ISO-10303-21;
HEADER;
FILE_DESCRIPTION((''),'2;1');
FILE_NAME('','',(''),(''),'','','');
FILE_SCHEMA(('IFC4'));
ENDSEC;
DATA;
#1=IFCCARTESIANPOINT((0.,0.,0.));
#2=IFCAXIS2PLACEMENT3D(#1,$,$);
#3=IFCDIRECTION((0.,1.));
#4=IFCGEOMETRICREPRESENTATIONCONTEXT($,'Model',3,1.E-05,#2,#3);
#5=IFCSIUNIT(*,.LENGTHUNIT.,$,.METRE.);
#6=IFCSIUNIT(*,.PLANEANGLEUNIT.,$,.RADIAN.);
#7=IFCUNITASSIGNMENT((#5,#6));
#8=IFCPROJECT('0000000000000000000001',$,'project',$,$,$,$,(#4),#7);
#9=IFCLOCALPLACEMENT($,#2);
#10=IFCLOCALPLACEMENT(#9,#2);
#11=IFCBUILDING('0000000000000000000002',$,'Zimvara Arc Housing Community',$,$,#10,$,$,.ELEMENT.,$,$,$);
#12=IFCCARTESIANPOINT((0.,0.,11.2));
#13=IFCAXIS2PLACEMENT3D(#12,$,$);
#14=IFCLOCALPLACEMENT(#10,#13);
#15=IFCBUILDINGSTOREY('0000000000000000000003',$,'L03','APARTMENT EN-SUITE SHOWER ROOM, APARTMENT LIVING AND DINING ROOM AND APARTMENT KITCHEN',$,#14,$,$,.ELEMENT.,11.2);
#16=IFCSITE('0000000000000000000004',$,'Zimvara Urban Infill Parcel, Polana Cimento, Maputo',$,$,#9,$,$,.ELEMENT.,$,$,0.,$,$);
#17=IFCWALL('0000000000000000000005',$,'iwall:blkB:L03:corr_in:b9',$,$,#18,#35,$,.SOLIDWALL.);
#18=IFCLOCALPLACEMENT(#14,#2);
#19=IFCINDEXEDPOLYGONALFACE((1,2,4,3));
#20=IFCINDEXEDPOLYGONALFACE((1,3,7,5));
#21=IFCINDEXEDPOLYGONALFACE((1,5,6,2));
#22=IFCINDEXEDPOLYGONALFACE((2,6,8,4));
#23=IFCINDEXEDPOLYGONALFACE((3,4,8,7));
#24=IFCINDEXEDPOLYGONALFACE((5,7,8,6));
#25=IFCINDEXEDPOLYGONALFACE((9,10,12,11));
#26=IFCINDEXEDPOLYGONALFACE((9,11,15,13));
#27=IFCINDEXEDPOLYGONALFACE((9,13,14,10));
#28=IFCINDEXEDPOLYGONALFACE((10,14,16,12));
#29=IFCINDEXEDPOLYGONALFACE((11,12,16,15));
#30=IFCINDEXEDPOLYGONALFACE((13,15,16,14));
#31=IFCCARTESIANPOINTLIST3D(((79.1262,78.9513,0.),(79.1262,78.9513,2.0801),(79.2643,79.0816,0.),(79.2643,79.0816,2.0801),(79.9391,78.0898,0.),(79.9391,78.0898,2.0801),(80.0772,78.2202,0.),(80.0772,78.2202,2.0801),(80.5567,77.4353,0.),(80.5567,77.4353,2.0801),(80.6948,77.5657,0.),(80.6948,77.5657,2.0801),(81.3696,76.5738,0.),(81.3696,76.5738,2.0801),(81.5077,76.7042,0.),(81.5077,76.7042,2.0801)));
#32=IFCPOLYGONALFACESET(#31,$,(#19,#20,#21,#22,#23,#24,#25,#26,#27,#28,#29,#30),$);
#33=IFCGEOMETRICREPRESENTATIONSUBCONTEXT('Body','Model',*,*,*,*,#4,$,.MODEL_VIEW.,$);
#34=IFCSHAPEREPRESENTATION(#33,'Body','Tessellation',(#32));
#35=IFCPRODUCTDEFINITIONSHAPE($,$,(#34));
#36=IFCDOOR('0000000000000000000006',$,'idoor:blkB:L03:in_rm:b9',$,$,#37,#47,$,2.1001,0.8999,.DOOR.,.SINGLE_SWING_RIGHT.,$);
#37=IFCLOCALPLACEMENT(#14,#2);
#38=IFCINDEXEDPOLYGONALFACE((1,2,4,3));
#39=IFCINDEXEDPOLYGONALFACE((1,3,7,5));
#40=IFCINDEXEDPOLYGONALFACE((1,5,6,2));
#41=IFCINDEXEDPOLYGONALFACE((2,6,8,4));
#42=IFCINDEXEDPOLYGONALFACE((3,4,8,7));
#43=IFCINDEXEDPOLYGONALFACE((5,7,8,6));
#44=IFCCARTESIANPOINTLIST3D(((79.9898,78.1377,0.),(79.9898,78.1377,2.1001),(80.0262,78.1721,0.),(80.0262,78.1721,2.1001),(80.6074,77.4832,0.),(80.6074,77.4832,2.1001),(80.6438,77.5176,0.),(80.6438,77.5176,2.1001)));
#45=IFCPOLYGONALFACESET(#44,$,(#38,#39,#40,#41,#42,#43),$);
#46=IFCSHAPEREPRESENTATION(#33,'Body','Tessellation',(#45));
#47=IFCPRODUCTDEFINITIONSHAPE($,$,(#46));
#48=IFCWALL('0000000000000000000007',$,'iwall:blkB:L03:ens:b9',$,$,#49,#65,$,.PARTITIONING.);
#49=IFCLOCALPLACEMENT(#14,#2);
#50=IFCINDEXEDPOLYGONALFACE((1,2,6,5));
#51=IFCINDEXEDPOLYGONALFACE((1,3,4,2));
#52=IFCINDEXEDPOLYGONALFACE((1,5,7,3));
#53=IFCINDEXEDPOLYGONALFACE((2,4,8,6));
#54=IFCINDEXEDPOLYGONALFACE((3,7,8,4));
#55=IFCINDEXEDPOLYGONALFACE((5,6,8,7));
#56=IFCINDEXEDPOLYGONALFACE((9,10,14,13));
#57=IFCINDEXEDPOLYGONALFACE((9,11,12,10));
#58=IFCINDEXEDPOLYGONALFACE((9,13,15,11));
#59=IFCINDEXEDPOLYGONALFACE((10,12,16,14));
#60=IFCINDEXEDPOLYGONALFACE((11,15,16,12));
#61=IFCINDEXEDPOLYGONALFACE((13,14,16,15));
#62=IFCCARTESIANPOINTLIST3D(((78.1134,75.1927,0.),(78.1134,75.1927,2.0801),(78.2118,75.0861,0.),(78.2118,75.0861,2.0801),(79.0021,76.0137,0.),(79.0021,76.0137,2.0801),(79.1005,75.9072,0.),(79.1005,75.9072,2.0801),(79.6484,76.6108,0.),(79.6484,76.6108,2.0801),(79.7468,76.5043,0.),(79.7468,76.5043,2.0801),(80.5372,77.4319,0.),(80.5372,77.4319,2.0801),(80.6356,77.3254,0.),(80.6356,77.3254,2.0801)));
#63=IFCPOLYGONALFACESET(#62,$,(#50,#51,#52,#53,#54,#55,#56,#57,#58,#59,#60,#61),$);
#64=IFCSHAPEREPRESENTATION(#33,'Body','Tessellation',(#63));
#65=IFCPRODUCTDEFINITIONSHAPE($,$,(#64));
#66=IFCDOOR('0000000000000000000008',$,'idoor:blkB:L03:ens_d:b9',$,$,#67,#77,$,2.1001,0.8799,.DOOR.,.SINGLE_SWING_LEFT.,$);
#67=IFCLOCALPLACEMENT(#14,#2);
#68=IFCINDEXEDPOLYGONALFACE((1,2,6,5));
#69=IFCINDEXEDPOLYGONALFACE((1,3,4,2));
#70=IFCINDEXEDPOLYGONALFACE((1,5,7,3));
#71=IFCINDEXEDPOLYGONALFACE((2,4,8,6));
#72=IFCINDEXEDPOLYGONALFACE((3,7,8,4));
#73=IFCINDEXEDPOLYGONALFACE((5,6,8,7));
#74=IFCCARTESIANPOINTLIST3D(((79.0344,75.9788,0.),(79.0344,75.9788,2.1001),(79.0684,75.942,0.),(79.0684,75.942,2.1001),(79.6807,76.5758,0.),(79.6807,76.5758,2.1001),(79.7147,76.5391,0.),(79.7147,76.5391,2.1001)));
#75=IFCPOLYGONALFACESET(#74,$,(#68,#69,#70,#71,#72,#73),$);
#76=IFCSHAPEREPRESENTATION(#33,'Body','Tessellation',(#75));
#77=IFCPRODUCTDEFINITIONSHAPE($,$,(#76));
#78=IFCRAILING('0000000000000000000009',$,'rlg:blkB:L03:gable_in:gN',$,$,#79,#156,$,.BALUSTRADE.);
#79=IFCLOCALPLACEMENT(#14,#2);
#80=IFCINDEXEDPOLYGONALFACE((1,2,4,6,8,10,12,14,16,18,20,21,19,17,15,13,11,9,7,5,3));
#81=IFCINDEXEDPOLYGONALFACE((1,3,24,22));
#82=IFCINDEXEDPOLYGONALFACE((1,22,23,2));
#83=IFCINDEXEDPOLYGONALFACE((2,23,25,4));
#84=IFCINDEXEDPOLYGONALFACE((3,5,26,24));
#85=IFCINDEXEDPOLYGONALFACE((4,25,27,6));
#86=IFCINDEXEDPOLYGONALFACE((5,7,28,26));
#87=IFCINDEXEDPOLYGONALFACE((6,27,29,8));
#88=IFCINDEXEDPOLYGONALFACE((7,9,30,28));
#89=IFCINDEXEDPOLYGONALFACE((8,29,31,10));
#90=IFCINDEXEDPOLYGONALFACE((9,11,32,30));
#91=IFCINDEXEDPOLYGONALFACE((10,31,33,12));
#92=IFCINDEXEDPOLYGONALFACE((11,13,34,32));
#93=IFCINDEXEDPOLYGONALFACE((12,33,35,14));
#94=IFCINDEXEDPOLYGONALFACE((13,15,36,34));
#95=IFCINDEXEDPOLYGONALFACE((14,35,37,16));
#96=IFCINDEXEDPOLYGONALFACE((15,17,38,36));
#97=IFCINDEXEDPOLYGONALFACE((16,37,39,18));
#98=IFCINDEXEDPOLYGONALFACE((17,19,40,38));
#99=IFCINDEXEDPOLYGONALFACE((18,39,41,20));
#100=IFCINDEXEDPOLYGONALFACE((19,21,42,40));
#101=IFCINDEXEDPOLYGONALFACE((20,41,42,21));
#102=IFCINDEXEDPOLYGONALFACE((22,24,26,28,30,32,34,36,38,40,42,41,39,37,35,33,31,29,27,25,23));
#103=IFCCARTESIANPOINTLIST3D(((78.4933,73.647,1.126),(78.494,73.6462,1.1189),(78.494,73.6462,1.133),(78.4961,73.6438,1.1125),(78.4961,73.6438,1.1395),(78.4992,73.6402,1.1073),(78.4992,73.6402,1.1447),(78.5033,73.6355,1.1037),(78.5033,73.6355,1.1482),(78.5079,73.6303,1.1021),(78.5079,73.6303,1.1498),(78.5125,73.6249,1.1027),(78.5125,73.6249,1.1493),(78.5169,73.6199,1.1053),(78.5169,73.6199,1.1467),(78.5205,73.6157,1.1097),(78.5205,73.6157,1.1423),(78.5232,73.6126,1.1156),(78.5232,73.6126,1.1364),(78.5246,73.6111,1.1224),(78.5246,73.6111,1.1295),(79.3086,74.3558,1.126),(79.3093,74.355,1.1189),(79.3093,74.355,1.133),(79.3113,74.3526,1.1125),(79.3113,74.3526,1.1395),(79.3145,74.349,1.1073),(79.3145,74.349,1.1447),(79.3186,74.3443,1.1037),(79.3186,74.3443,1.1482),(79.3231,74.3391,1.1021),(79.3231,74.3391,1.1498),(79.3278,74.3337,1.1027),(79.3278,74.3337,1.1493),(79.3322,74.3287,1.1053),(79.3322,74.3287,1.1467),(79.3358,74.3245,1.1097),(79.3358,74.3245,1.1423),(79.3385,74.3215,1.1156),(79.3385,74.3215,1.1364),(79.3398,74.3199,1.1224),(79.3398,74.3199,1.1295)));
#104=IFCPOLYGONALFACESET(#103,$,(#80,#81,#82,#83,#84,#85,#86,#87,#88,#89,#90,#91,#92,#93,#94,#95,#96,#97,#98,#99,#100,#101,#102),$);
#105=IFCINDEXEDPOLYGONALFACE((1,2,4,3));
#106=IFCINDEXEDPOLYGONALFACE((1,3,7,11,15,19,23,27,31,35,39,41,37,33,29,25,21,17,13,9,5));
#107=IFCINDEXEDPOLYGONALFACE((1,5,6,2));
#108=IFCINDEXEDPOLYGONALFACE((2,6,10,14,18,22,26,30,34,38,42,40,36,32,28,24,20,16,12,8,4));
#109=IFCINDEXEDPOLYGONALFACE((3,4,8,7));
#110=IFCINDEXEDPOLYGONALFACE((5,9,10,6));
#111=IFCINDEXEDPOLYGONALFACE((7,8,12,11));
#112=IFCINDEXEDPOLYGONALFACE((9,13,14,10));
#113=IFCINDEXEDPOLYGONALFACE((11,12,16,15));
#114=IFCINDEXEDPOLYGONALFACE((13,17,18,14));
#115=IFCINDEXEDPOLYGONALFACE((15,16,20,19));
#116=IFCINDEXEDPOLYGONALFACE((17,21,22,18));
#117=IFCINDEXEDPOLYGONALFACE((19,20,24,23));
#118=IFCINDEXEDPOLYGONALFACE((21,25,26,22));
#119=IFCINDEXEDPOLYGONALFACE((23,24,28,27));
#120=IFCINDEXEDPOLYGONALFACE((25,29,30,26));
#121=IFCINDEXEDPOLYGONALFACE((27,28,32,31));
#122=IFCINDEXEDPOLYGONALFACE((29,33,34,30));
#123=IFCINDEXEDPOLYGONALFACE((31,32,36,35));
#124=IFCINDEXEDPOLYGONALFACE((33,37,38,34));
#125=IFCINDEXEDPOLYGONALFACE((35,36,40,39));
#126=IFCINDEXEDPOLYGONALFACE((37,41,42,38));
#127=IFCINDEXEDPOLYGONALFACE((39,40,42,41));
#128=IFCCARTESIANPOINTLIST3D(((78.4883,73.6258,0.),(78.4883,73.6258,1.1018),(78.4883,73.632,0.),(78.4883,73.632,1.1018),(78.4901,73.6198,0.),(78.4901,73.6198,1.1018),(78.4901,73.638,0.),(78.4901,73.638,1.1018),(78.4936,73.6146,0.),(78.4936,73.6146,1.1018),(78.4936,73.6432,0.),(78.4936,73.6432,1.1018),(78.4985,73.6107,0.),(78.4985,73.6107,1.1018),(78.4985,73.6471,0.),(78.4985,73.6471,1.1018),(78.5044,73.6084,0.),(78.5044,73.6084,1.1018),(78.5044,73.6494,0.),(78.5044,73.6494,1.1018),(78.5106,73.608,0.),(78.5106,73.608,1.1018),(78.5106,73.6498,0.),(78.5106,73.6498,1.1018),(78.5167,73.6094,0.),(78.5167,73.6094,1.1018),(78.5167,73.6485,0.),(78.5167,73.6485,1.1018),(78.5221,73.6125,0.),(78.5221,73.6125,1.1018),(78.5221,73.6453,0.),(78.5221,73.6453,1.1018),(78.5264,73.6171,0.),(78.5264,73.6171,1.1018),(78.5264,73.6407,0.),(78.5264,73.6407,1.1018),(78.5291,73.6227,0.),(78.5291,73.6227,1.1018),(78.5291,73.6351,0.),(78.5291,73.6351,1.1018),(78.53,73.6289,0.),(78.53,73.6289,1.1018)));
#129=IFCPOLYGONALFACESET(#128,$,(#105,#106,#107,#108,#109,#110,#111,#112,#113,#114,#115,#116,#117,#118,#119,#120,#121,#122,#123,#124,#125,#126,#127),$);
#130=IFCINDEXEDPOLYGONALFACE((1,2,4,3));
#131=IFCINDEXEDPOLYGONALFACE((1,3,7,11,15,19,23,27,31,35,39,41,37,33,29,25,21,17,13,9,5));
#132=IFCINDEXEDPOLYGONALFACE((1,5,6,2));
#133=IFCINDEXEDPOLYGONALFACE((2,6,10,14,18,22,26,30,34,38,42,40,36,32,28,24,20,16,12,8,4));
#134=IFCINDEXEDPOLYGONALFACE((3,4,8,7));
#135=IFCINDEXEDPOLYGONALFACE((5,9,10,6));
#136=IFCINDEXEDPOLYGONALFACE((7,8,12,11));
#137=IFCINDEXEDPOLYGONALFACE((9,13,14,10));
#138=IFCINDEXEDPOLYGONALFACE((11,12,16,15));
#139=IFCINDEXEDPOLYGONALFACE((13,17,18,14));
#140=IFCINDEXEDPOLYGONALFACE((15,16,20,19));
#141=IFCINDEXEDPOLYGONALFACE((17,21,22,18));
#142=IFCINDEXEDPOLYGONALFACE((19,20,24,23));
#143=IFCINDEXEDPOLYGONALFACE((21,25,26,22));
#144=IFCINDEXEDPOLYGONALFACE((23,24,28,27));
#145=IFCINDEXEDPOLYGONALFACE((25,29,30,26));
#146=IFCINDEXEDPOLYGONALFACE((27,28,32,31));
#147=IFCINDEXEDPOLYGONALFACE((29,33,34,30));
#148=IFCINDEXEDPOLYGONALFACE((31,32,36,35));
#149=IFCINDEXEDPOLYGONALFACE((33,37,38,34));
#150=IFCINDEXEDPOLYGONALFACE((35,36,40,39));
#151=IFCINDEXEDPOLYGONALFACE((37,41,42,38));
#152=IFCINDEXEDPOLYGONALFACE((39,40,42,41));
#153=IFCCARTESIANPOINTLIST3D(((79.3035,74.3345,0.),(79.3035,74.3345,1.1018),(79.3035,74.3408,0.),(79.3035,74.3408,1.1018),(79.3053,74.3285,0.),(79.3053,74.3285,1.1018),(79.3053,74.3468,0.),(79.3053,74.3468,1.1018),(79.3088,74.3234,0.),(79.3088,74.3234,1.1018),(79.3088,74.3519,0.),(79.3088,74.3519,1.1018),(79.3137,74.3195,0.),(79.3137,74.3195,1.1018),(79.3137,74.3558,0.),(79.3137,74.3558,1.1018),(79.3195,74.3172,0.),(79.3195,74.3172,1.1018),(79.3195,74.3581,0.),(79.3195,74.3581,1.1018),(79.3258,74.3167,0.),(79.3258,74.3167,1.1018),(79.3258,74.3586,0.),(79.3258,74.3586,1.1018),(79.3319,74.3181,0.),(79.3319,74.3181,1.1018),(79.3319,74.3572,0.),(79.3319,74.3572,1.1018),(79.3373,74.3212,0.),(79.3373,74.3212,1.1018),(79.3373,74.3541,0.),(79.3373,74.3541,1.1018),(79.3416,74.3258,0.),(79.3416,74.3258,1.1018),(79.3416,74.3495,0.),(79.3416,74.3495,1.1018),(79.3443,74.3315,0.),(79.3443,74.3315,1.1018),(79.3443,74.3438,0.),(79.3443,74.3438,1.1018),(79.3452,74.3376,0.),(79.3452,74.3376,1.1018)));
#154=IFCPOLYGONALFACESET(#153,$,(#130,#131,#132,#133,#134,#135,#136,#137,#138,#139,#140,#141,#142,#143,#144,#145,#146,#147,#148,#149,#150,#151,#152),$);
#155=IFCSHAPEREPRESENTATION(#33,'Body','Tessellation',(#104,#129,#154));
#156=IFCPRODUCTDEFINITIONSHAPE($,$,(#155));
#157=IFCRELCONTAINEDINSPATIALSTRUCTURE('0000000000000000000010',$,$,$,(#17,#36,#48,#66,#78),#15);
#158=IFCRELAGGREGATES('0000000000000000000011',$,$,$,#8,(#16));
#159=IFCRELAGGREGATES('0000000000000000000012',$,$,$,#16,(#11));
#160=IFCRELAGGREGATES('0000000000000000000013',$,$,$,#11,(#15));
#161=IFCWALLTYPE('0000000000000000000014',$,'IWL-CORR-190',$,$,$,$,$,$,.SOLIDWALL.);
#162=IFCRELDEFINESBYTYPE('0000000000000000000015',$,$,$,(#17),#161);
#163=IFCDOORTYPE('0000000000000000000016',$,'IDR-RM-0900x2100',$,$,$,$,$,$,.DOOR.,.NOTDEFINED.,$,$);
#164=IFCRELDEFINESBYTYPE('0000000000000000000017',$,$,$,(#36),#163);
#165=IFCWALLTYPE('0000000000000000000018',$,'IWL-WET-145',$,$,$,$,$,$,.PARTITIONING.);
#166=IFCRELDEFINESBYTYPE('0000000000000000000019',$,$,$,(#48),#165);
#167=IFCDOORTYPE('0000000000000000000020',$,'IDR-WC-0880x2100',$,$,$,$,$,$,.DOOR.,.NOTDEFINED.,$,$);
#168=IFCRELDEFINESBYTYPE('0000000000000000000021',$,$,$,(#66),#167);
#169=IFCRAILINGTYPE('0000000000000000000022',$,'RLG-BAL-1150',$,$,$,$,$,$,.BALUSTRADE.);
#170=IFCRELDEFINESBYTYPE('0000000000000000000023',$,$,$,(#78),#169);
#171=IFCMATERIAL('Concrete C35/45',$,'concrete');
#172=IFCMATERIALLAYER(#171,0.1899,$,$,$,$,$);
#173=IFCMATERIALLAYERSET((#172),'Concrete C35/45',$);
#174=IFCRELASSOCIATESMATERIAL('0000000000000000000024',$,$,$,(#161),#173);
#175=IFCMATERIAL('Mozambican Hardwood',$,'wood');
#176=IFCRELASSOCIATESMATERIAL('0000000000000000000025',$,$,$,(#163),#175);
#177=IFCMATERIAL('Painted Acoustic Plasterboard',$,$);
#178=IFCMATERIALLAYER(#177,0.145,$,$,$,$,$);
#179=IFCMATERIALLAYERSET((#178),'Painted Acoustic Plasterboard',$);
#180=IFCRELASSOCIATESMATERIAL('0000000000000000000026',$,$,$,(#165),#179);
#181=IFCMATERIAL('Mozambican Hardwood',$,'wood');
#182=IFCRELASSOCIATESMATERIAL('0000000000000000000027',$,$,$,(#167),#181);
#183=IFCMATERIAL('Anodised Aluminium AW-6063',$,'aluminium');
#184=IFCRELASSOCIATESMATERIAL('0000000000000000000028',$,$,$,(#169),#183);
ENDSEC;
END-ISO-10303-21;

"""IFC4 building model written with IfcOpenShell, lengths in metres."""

from ifc_helpers import new_model, si_unit, direction, frame, frame_2d, origin, origin_2d, place, context, subcontext, project, spatial, rectangle, circle, extrude, material, layer, layer_set, type_object, element, fill, save


model = new_model("IFC4")

# Units and contexts
model_context = context("Model", 3, precision=1e-05, world=origin(), true_north=direction((0.0, 1.0)))
body_context = subcontext(model_context, "Body", "Model", "MODEL_VIEW")
ifc_project = project(units=[si_unit("LENGTHUNIT", "METRE"), si_unit("PLANEANGLEUNIT", "RADIAN")], contexts=[model_context])

# Site, building, storey
site_placement = place(None, origin())
site = spatial("IfcSite", under=ifc_project, at=site_placement, Name="Zimvara Urban Infill Parcel, Polana Cimento, Maputo", CompositionType="ELEMENT", RefElevation=0.0)
building_placement = place(site_placement, origin())
building = spatial("IfcBuilding", under=site, at=building_placement, Name="Zimvara Arc Housing Community", CompositionType="ELEMENT")
storey_placement = place(building_placement, frame((0.0, 0.0, 11.2)))
storey = spatial("IfcBuildingStorey", under=building, at=storey_placement, Name="L03", Description="APARTMENT EN-SUITE SHOWER ROOM, APARTMENT LIVING AND DINING ROOM AND APARTMENT KITCHEN", CompositionType="ELEMENT", Elevation=11.2)

# Walls, openings, doors
ifc_material_1 = material(Name="Concrete C35/45", Category="concrete")
ifc_layer_1 = layer(ifc_material_1, 0.1899)
ifc_layer_set_1 = layer_set([ifc_layer_1], Name="Concrete C35/45")
wall_type_1 = type_object("IfcWallType", Name="IWL-CORR-190", PredefinedType="SOLIDWALL", material=ifc_layer_set_1)
wall_1_placement = place(storey_placement, frame((79.1953, 79.0164, 0.0), z_axis=(0.0, 0.0, 1.0), x_axis=(0.686308, -0.727311, 0.0)))
wall_1 = element("IfcWall", 1, at=wall_1_placement, inside=storey, type_object=wall_type_1, Name="iwall:blkB:L03:corr_in:b9", PredefinedType="SOLIDWALL", context=body_context, shape_type="SweptSolid", body=[
    extrude(rectangle(XDim=3.2688, YDim=0.1899, at=frame_2d((1.6343, 0.0))), origin(), (0.0, 0.0, 1.0), 2.0801),
])
opening_1_placement = place(wall_1_placement, frame((1.1843, 0.0, 0.0)))
opening_1 = element("IfcOpeningElement", 2, at=opening_1_placement, cuts=wall_1, PredefinedType="OPENING", context=body_context, shape_type="SweptSolid", body=[
    extrude(rectangle(XDim=0.8999, YDim=2.1001, at=frame_2d((0.45, 1.05))), frame((0.0, 0.105, 0.0), z_axis=(0.0, -1.0, 0.0), x_axis=(1.0, 0.0, 0.0)), (0.0, 0.0, 1.0), 0.21),
])
ifc_material_2 = material(Name="Mozambican Hardwood", Category="wood")
door_type_1 = type_object("IfcDoorType", Name="IDR-RM-0900x2100", OperationType="NOTDEFINED", PredefinedType="DOOR", material=ifc_material_2)
door_1_placement = place(opening_1_placement, origin())
door_1 = element("IfcDoor", 3, at=door_1_placement, inside=storey, type_object=door_type_1, Name="idoor:blkB:L03:in_rm:b9", OperationType="SINGLE_SWING_RIGHT", OverallHeight=2.1001, OverallWidth=0.8999, PredefinedType="DOOR", context=body_context, shape_type="SweptSolid", body=[
    extrude(rectangle(XDim=0.8999, YDim=2.1001, at=frame_2d((0.45, 1.05))), frame((0.0, 0.0249, 0.0), z_axis=(0.0, -1.0, 0.0), x_axis=(1.0, 0.0, 0.0)), (0.0, 0.0, 1.0), 0.05),
])
fill(opening_1, door_1)
ifc_material_3 = material(Name="Painted Acoustic Plasterboard")
ifc_layer_2 = layer(ifc_material_3, 0.145)
ifc_layer_set_2 = layer_set([ifc_layer_2], Name="Painted Acoustic Plasterboard")
wall_type_2 = type_object("IfcWallType", Name="IWL-WET-145", PredefinedType="PARTITIONING", material=ifc_layer_set_2)
wall_2_placement = place(storey_placement, frame((78.1626, 75.1394, 0.0), z_axis=(0.0, 0.0, 1.0), x_axis=(0.73452, 0.678587, 0.0)))
wall_2 = element("IfcWall", 4, at=wall_2_placement, inside=storey, type_object=wall_type_2, Name="iwall:blkB:L03:ens:b9", PredefinedType="PARTITIONING", context=body_context, shape_type="SweptSolid", body=[
    extrude(rectangle(XDim=3.2998, YDim=0.145, at=frame_2d((1.6499, 0.0))), origin(), (0.0, 0.0, 1.0), 2.0801),
])
opening_2_placement = place(wall_2_placement, frame((1.21, 0.0, 0.0)))
opening_2 = element("IfcOpeningElement", 5, at=opening_2_placement, cuts=wall_2, PredefinedType="OPENING", context=body_context, shape_type="SweptSolid", body=[
    extrude(rectangle(XDim=0.8799, YDim=2.1001, at=frame_2d((0.4399, 1.05))), frame((0.0, 0.0825, 0.0), z_axis=(0.0, -1.0, 0.0), x_axis=(1.0, 0.0, 0.0)), (0.0, 0.0, 1.0), 0.165),
])
ifc_material_4 = material(Name="Mozambican Hardwood", Category="wood")
door_type_2 = type_object("IfcDoorType", Name="IDR-WC-0880x2100", OperationType="NOTDEFINED", PredefinedType="DOOR", material=ifc_material_4)
door_2_placement = place(opening_2_placement, origin())
door_2 = element("IfcDoor", 6, at=door_2_placement, inside=storey, type_object=door_type_2, Name="idoor:blkB:L03:ens_d:b9", OperationType="SINGLE_SWING_LEFT", OverallHeight=2.1001, OverallWidth=0.8799, PredefinedType="DOOR", context=body_context, shape_type="SweptSolid", body=[
    extrude(rectangle(XDim=0.8799, YDim=2.1001, at=frame_2d((0.4399, 1.05))), frame((0.0, 0.0249, 0.0), z_axis=(0.0, -1.0, 0.0), x_axis=(1.0, 0.0, 0.0)), (0.0, 0.0, 1.0), 0.05),
])
fill(opening_2, door_2)

# Railing
ifc_material_5 = material(Name="Anodised Aluminium AW-6063", Category="aluminium")
railing_type = type_object("IfcRailingType", Name="RLG-BAL-1150", PredefinedType="BALUSTRADE", material=ifc_material_5)
railing_placement = place(storey_placement, frame((78.509, 73.6289, 0.0)))
element("IfcRailing", 7, at=railing_placement, inside=storey, type_object=railing_type, Name="rlg:blkB:L03:gable_in:gN", PredefinedType="BALUSTRADE", context=body_context, shape_type="SweptSolid", body=[
    extrude(circle(Radius=0.0239, at=origin_2d()), frame((0.0, 0.0, 1.126), z_axis=(0.754659, 0.656117, 0.0), x_axis=(-0.656117, 0.754659, 0.0)), (0.0, 0.0, 1.0), 1.0803),
    extrude(circle(Radius=0.021, at=origin_2d()), origin(), (0.0, 0.0, 1.0), 1.1018),
    extrude(circle(Radius=0.021, at=origin_2d()), frame((0.8152, 0.7087, 0.0)), (0.0, 0.0, 1.0), 1.1018),
])

save(model, "model.ifc")
